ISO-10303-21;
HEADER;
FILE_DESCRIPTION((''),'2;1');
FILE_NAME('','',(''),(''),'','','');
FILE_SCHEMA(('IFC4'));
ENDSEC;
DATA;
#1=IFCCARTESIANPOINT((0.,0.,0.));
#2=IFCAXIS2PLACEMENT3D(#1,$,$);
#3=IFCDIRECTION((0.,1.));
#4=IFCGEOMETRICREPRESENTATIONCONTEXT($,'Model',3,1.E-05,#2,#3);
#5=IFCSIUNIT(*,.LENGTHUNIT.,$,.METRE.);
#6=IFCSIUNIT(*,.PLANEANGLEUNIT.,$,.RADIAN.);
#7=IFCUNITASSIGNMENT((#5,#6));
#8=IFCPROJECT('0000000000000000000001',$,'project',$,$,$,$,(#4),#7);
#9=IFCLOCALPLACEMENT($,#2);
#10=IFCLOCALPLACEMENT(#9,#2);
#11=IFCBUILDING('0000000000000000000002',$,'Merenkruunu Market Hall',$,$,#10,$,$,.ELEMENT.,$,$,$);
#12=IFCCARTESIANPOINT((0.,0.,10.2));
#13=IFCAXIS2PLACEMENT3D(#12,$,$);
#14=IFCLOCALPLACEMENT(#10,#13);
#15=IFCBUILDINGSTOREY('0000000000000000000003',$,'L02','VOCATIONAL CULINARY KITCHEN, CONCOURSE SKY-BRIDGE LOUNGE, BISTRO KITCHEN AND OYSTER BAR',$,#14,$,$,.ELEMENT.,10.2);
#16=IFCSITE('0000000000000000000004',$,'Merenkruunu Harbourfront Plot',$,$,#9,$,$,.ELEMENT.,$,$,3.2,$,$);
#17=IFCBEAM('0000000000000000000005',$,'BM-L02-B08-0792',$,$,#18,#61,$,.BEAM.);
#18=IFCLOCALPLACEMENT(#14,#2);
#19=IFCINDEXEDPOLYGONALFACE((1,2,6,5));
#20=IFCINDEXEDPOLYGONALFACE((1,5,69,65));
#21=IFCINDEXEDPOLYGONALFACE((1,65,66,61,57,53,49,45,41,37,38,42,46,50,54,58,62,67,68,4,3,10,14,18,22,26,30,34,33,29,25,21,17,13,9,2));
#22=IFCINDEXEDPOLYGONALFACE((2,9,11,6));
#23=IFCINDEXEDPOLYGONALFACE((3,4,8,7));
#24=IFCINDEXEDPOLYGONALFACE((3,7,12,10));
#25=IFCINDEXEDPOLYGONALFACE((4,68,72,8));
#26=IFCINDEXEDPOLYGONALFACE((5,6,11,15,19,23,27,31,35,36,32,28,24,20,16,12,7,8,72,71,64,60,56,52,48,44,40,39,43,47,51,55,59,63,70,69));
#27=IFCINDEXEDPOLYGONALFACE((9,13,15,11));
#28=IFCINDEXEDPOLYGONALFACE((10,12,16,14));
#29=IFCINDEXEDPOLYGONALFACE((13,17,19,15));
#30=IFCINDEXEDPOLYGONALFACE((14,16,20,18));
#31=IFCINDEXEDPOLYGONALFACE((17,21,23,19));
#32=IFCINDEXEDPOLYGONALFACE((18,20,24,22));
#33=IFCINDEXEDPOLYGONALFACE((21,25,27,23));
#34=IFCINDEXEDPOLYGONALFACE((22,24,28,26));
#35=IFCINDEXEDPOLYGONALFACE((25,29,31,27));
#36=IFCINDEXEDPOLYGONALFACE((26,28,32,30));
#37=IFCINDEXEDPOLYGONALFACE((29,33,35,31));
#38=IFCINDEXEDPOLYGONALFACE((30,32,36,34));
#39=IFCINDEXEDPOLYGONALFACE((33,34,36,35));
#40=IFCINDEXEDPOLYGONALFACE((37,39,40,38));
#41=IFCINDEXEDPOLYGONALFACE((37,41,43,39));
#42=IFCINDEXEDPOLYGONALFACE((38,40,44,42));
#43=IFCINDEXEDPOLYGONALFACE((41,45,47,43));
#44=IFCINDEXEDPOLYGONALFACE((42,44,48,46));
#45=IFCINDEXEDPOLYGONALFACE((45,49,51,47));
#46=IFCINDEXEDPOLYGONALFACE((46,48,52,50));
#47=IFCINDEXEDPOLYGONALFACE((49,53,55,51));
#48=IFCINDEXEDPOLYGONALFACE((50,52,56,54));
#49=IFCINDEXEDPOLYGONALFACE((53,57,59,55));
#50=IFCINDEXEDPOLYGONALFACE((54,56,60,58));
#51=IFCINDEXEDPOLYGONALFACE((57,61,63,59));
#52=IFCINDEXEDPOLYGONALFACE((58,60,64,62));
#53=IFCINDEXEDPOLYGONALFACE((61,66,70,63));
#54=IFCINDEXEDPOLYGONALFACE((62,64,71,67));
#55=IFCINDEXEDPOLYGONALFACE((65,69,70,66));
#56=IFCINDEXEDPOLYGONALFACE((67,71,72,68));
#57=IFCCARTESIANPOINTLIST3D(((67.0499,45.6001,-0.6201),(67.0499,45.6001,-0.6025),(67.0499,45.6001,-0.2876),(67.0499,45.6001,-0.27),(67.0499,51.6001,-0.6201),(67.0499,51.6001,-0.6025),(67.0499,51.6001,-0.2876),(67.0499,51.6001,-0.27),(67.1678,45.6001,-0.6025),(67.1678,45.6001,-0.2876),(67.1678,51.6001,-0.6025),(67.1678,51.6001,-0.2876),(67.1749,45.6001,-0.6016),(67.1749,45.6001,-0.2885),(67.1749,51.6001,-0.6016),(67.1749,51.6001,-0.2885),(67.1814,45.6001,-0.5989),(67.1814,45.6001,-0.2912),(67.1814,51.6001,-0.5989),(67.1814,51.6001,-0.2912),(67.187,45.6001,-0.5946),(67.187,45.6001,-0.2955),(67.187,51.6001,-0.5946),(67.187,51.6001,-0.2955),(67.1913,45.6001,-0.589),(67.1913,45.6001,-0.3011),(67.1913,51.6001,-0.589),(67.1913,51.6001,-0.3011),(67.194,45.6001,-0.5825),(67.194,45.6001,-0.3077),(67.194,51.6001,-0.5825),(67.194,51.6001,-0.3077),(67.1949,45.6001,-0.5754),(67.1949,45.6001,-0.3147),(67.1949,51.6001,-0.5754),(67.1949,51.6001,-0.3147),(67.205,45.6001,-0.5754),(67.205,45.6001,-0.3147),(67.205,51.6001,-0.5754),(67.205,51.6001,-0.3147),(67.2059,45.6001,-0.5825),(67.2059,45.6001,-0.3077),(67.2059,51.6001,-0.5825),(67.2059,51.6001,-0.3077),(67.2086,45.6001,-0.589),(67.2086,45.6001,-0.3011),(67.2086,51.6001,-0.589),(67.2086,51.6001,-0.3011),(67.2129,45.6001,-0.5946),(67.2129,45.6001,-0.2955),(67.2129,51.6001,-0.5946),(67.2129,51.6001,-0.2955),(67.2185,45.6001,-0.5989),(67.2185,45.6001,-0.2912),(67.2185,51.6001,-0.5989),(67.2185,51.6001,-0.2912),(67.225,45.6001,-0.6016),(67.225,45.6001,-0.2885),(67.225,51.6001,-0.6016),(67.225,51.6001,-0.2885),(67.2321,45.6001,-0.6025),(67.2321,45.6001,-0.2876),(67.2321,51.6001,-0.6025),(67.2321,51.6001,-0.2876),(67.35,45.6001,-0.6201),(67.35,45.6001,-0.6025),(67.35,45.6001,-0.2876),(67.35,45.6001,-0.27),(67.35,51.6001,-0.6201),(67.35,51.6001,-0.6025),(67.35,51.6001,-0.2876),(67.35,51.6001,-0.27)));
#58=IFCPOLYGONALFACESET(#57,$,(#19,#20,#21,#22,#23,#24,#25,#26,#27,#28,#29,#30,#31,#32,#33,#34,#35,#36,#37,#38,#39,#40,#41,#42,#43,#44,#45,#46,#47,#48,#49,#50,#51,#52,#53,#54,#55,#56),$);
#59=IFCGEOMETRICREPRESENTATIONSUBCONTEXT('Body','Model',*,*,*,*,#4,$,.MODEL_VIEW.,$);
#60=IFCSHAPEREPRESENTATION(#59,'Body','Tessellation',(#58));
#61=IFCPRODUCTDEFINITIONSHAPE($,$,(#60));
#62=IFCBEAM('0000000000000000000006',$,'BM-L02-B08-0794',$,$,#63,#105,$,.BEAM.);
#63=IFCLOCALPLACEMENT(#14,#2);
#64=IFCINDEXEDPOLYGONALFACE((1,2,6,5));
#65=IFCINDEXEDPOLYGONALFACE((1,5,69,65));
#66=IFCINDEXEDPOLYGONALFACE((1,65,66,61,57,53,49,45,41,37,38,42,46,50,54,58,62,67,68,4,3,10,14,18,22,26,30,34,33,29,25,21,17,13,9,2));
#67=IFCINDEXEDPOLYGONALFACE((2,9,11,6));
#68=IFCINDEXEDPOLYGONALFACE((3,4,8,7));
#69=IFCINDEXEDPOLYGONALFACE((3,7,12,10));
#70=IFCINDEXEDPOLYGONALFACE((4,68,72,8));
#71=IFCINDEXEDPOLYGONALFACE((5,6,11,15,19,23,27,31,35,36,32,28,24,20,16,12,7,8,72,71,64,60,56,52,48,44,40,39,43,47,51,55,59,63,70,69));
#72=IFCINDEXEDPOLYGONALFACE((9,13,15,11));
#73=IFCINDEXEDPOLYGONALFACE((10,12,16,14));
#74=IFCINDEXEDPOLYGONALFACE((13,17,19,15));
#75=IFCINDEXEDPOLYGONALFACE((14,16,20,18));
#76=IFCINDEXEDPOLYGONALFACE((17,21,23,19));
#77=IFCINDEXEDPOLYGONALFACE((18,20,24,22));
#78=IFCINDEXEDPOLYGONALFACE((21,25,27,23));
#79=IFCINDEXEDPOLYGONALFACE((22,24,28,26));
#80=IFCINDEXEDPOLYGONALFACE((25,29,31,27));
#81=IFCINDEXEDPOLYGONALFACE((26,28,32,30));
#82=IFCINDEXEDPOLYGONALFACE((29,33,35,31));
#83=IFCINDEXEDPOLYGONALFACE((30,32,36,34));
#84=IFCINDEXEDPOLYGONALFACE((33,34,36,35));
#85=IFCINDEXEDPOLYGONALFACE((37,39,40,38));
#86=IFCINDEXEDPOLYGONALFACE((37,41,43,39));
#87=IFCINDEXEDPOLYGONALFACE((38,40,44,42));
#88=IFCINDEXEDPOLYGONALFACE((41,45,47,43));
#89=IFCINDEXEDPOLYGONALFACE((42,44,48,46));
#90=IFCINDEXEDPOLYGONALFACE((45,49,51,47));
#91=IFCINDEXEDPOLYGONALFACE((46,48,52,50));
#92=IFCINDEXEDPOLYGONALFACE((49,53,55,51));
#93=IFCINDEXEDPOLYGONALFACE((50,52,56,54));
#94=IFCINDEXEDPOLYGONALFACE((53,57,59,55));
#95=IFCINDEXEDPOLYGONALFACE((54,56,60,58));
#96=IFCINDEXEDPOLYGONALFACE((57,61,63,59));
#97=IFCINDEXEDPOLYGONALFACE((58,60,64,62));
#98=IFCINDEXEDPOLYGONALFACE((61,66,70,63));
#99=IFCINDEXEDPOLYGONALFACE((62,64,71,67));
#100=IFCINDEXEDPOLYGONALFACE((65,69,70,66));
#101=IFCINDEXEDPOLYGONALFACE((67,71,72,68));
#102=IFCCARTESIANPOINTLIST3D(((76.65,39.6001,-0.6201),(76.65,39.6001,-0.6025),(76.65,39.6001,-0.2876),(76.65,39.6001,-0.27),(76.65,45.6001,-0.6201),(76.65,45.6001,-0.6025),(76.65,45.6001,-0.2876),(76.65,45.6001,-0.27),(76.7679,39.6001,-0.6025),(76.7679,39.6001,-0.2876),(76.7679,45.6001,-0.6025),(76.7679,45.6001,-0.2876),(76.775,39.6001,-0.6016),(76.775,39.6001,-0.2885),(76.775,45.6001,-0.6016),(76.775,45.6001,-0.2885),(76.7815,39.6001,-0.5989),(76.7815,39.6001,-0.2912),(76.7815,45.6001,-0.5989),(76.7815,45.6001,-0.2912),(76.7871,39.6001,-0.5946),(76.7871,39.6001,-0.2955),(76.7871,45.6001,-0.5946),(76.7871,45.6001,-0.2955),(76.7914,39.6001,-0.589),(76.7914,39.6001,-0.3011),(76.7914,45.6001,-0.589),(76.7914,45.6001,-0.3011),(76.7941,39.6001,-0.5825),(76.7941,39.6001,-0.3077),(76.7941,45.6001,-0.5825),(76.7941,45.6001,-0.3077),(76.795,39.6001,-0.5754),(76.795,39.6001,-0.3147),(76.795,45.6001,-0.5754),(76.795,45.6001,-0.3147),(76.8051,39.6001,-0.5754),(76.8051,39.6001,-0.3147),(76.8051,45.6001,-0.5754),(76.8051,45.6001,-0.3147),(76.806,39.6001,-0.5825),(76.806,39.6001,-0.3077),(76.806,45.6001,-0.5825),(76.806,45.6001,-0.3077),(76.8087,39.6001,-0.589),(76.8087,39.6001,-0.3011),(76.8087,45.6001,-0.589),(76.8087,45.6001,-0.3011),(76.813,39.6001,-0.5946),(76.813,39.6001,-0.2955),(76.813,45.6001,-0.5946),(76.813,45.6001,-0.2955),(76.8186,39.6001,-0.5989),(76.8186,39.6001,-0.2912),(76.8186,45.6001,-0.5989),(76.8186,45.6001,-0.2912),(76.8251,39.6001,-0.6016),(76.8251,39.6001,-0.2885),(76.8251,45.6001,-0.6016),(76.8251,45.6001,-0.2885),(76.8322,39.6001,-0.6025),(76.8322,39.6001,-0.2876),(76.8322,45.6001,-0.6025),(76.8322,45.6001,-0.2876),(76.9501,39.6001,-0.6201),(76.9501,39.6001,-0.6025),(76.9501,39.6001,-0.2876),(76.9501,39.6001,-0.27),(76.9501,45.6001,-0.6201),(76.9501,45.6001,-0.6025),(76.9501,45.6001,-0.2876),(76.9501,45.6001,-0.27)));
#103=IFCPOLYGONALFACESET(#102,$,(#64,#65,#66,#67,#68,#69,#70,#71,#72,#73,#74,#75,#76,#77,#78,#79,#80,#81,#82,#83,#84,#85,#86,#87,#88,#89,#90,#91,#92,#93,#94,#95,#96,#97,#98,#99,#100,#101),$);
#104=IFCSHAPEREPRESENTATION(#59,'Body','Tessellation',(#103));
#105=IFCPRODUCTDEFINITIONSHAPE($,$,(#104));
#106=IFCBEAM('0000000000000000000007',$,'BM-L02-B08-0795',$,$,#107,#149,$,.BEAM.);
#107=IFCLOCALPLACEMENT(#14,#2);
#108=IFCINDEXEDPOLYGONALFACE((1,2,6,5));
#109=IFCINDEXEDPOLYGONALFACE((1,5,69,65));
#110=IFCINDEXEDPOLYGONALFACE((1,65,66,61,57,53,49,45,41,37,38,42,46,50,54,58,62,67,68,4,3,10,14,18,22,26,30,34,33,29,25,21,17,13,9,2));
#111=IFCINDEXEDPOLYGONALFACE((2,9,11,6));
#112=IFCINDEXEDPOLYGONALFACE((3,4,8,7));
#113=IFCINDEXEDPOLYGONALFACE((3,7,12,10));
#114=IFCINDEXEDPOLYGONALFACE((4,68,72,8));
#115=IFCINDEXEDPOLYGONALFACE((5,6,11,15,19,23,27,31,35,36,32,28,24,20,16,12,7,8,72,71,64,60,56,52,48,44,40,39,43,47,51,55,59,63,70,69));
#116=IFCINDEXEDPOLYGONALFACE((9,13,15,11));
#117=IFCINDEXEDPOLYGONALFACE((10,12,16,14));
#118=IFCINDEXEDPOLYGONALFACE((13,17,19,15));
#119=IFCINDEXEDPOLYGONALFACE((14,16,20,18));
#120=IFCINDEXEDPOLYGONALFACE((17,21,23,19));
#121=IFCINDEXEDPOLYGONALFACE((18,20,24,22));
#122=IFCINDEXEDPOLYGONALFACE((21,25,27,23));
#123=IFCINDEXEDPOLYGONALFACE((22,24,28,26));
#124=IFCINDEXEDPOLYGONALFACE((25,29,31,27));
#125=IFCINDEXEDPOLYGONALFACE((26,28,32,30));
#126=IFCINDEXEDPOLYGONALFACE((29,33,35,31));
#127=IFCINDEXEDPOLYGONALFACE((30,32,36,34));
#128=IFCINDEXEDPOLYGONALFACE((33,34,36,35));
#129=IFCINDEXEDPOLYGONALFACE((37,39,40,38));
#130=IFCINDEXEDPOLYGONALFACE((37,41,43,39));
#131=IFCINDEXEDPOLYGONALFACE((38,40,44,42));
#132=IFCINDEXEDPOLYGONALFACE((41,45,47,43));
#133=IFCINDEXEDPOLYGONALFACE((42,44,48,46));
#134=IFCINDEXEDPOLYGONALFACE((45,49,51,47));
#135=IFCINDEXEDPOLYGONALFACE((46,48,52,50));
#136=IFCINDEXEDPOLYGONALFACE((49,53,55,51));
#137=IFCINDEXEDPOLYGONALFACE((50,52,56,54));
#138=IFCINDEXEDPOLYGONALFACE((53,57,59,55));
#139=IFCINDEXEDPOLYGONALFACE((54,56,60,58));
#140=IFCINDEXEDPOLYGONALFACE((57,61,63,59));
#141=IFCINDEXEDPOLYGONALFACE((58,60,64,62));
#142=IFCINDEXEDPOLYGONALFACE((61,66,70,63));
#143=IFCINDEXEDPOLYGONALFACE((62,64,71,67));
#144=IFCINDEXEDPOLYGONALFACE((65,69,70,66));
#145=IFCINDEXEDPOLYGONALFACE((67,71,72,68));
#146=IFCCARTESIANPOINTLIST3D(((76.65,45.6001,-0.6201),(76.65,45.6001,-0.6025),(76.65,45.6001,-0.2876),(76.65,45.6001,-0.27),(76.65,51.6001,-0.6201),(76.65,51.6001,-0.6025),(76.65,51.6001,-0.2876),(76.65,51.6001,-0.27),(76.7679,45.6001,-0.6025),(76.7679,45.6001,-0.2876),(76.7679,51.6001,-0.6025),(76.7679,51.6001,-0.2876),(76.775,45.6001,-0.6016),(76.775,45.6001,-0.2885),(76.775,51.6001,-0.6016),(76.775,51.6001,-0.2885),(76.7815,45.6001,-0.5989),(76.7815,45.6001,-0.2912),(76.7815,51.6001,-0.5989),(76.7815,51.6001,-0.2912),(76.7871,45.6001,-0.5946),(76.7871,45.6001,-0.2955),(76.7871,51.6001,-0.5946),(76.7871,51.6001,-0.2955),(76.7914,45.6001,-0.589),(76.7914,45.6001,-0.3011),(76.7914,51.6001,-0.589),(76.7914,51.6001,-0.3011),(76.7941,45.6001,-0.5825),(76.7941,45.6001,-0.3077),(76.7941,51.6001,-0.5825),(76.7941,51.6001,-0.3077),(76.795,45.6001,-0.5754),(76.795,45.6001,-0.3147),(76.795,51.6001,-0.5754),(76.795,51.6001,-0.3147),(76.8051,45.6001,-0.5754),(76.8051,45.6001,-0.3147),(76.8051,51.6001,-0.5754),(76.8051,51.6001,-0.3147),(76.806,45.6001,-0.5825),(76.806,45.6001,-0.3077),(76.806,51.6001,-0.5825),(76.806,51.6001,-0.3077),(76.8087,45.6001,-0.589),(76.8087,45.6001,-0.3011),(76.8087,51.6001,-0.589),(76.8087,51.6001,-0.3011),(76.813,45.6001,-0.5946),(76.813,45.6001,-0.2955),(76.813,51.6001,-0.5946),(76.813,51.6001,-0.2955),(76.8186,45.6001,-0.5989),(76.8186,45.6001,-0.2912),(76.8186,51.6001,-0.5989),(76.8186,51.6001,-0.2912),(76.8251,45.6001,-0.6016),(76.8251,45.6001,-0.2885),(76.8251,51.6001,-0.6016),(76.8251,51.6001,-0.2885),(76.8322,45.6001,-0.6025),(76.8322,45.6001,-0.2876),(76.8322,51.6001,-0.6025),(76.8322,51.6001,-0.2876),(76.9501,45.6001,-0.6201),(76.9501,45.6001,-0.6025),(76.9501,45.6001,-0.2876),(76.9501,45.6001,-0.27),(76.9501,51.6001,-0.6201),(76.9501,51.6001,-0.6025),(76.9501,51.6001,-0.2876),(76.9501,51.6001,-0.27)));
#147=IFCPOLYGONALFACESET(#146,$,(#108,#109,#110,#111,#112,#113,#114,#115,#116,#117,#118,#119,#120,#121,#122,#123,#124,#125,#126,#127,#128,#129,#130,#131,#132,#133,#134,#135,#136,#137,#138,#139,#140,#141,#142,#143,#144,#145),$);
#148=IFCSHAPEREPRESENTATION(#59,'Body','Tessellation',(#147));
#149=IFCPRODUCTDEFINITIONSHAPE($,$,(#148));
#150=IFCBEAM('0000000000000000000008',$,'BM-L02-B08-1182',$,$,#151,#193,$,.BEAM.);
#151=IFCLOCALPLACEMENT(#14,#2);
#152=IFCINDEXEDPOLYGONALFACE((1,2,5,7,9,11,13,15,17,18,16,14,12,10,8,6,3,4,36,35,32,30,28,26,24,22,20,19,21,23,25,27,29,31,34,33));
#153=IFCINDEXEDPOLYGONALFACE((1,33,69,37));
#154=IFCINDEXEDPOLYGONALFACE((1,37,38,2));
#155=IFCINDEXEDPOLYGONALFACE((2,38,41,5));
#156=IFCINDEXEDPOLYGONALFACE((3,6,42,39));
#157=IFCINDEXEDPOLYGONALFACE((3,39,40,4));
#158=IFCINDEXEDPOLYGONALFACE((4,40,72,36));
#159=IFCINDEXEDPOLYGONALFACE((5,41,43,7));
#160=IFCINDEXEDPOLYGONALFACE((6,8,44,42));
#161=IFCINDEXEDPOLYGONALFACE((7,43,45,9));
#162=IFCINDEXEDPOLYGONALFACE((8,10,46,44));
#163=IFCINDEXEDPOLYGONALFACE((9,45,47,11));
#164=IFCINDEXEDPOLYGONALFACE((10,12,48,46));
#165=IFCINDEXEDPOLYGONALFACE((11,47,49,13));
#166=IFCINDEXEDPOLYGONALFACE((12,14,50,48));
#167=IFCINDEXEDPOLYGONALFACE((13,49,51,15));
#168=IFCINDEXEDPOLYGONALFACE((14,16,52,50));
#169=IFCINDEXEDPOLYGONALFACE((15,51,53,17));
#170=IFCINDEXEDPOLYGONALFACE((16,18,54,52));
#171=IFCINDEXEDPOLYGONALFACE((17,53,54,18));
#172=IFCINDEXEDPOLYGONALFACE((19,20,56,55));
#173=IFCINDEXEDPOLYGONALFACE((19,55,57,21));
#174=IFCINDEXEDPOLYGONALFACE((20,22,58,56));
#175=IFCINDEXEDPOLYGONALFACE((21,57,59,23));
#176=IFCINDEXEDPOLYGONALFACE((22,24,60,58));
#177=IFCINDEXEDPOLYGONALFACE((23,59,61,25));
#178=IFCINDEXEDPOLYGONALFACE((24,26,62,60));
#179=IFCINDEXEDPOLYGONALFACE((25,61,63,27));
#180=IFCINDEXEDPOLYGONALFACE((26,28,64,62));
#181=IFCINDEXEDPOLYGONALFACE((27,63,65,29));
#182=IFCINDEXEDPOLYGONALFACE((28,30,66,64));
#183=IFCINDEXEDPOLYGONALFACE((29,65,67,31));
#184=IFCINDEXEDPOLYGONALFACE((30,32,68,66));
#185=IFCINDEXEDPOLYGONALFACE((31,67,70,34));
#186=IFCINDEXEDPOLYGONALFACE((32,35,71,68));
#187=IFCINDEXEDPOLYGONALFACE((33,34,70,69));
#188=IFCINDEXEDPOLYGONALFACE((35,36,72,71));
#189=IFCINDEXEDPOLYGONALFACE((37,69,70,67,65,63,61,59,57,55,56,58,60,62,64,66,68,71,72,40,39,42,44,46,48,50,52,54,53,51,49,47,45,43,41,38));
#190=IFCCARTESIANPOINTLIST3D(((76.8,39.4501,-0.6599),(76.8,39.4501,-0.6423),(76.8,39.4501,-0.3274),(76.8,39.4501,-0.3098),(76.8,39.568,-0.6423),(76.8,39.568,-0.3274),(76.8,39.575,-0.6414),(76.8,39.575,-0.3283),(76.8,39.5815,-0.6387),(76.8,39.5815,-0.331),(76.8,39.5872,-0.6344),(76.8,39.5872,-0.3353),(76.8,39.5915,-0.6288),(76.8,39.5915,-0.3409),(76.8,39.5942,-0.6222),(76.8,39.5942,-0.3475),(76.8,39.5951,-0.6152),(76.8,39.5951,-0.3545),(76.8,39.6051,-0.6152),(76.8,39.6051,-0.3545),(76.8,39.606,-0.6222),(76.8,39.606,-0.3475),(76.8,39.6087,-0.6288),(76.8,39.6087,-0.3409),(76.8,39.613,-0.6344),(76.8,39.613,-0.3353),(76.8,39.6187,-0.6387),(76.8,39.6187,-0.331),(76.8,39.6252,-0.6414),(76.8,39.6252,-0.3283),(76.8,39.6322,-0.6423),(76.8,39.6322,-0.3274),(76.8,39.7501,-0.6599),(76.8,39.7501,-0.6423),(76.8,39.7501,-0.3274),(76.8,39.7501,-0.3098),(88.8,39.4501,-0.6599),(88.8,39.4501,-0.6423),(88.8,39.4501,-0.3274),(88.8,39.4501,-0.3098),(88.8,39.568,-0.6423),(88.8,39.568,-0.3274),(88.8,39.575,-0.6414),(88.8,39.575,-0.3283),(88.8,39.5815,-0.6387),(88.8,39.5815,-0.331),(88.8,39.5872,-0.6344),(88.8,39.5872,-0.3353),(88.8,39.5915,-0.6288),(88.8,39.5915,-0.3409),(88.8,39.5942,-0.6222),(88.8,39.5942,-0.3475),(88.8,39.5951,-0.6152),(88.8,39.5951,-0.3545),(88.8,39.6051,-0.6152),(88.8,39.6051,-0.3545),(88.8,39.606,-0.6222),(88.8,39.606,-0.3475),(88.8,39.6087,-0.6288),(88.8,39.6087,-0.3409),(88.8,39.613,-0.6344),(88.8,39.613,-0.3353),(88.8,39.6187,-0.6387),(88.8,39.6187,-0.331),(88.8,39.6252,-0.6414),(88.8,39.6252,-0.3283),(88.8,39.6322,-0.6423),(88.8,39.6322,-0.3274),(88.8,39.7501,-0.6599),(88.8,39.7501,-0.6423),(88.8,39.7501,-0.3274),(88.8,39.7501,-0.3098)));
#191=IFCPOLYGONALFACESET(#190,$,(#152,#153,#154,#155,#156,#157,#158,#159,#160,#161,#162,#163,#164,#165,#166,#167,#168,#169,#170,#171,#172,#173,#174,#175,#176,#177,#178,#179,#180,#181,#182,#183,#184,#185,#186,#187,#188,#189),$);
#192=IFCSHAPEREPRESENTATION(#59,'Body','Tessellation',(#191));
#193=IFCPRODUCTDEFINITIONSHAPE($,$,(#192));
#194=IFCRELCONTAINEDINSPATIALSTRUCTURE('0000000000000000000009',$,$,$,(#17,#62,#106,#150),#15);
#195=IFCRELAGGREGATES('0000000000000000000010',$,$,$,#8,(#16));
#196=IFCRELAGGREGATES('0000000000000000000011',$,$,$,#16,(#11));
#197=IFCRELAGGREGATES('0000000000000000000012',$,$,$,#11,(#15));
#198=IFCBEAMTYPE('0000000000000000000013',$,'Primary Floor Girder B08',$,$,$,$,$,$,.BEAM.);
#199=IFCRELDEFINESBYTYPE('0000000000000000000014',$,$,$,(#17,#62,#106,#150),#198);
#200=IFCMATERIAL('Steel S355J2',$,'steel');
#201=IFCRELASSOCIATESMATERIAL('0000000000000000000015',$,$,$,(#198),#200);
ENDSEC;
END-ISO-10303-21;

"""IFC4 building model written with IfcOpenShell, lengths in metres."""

from ifc_helpers import new_model, si_unit, direction, frame, origin, origin_2d, place, context, subcontext, project, spatial, i_section, extrude, material, material_profile, profile_set, type_object, element, save


model = new_model("IFC4")

# Units and contexts
model_context = context("Model", 3, precision=1e-05, world=origin(), true_north=direction((0.0, 1.0)))
body_context = subcontext(model_context, "Body", "Model", "MODEL_VIEW")
ifc_project = project(units=[si_unit("LENGTHUNIT", "METRE"), si_unit("PLANEANGLEUNIT", "RADIAN")], contexts=[model_context])

# Site, building, storey
site_placement = place(None, origin())
site = spatial("IfcSite", under=ifc_project, at=site_placement, Name="Merenkruunu Harbourfront Plot", CompositionType="ELEMENT", RefElevation=3.2)
building_placement = place(site_placement, origin())
building = spatial("IfcBuilding", under=site, at=building_placement, Name="Merenkruunu Market Hall", CompositionType="ELEMENT")
storey_placement = place(building_placement, frame((0.0, 0.0, 10.2)))
storey = spatial("IfcBuildingStorey", under=building, at=storey_placement, Name="L02", Description="VOCATIONAL CULINARY KITCHEN, CONCOURSE SKY-BRIDGE LOUNGE, BISTRO KITCHEN AND OYSTER BAR", CompositionType="ELEMENT", Elevation=10.2)

# Beams
ifc_material_1 = material(Name="Steel S355J2", Category="steel")
ifc_material_profile_1 = material_profile(ifc_material_1, i_section(OverallWidth=0.3, OverallDepth=0.3501, WebThickness=0.01, FlangeThickness=0.0176, FilletRadius=0.0271, at=origin_2d()), Name="HEA 360")
ifc_profile_set_1 = profile_set([ifc_material_profile_1], Name="Steel S355J2")
beam_type_1 = type_object("IfcBeamType", Name="Primary Floor Girder B08", PredefinedType="BEAM", material=ifc_profile_set_1)
for number, where, z_axis, x_axis, name in (
    (1, (67.2, 45.6001, -0.4451), (0.0, 1.0, 0.0), (-1.0, 0.0, 0.0), "BM-L02-B08-0792"),
    (2, (76.8, 39.6001, -0.4451), (0.0, 1.0, 0.0), (-1.0, 0.0, 0.0), "BM-L02-B08-0794"),
    (3, (76.8, 45.6001, -0.4451), (0.0, 1.0, 0.0), (-1.0, 0.0, 0.0), "BM-L02-B08-0795"),
):
    element("IfcBeam", number, at=place(storey_placement, frame(where, z_axis=z_axis, x_axis=x_axis)), inside=storey, type_object=beam_type_1, Name=name, PredefinedType="BEAM", context=body_context, shape_type="SweptSolid", body=[
        extrude(i_section(OverallWidth=0.3, OverallDepth=0.3501, WebThickness=0.01, FlangeThickness=0.0176, FilletRadius=0.0271, at=origin_2d()), origin(), (0.0, 0.0, 1.0), 6.0),
    ])
for number, where, z_axis, x_axis, name in (
    (4, (76.8, 39.6001, -0.4849), (1.0, 0.0, 0.0), (0.0, 1.0, 0.0), "BM-L02-B08-1182"),
):
    element("IfcBeam", number, at=place(storey_placement, frame(where, z_axis=z_axis, x_axis=x_axis)), inside=storey, type_object=beam_type_1, Name=name, PredefinedType="BEAM", context=body_context, shape_type="SweptSolid", body=[
        extrude(i_section(OverallWidth=0.3, OverallDepth=0.3501, WebThickness=0.01, FlangeThickness=0.0176, FilletRadius=0.0271, at=origin_2d()), origin(), (0.0, 0.0, 1.0), 12.0),
    ])

save(model, "model.ifc")
